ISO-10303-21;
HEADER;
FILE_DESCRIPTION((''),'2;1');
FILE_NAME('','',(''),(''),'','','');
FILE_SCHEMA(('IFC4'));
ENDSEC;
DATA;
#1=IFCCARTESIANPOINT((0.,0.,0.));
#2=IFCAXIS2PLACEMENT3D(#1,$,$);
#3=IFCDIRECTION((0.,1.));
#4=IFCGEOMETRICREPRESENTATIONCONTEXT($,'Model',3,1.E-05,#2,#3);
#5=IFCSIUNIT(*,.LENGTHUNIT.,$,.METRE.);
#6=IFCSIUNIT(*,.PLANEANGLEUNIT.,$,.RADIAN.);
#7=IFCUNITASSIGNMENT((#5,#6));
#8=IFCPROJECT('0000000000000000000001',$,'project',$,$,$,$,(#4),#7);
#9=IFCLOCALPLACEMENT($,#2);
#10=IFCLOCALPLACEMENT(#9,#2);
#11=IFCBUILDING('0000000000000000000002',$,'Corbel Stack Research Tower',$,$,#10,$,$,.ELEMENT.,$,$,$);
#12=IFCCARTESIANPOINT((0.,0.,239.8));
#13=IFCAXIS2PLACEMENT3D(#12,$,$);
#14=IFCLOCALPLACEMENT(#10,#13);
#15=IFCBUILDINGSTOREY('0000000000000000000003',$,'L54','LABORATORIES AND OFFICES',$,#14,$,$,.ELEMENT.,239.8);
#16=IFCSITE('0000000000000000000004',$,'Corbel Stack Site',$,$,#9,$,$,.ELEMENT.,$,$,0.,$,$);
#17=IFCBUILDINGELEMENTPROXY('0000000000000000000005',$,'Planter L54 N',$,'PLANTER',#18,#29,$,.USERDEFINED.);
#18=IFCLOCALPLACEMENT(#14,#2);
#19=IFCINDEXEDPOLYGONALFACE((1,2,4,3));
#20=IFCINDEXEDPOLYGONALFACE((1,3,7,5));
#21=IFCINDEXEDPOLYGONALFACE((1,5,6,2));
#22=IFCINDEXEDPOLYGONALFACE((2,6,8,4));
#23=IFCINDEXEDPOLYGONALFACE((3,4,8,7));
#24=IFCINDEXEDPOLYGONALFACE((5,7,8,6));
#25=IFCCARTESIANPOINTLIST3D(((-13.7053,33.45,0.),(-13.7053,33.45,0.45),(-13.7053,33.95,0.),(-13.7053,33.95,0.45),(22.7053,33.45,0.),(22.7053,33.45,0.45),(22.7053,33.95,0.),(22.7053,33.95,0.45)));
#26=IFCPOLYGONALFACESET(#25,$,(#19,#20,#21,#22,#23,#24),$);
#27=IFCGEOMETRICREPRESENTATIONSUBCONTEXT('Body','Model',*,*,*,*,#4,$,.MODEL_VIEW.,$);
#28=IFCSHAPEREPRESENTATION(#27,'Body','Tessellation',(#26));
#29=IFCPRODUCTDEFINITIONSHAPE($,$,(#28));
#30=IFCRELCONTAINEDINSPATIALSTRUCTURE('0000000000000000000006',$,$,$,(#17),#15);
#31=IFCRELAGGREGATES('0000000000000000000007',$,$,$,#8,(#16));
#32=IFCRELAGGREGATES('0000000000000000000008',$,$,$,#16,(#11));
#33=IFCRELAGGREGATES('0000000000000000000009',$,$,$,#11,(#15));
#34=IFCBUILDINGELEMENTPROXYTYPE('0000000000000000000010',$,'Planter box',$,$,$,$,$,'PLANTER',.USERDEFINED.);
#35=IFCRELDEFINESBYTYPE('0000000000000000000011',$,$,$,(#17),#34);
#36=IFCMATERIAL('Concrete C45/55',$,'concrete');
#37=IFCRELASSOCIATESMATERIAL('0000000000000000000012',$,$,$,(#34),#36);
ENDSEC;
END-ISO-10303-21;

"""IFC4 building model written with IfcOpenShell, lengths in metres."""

from ifc_helpers import new_model, si_unit, direction, frame, origin, origin_2d, place, context, subcontext, project, spatial, rectangle, extrude, material, type_object, element, save


model = new_model("IFC4")

# Units and contexts
model_context = context("Model", 3, precision=1e-05, world=origin(), true_north=direction((0.0, 1.0)))
body_context = subcontext(model_context, "Body", "Model", "MODEL_VIEW")
ifc_project = project(units=[si_unit("LENGTHUNIT", "METRE"), si_unit("PLANEANGLEUNIT", "RADIAN")], contexts=[model_context])

# Site, building, storey
site_placement = place(None, origin())
site = spatial("IfcSite", under=ifc_project, at=site_placement, Name="Corbel Stack Site", CompositionType="ELEMENT", RefElevation=0.0)
building_placement = place(site_placement, origin())
building = spatial("IfcBuilding", under=site, at=building_placement, Name="Corbel Stack Research Tower", CompositionType="ELEMENT")
storey_placement = place(building_placement, frame((0.0, 0.0, 239.8)))
storey = spatial("IfcBuildingStorey", under=building, at=storey_placement, Name="L54", Description="LABORATORIES AND OFFICES", CompositionType="ELEMENT", Elevation=239.8)

# Building element proxy
ifc_material_1 = material(Name="Concrete C45/55", Category="concrete")
building_element_proxy_type = type_object("IfcBuildingElementProxyType", Name="Planter box", ElementType="PLANTER", PredefinedType="USERDEFINED", material=ifc_material_1)
proxy_placement = place(storey_placement, frame((4.5, 33.7, 0.0), z_axis=(0.0, 0.0, 1.0), x_axis=(-1.0, 0.0, 0.0)))
element("IfcBuildingElementProxy", 1, at=proxy_placement, inside=storey, type_object=building_element_proxy_type, Name="Planter L54 N", ObjectType="PLANTER", PredefinedType="USERDEFINED", context=body_context, shape_type="SweptSolid", body=[
    extrude(rectangle(XDim=36.4106, YDim=0.5, at=origin_2d()), origin(), (0.0, 0.0, 1.0), 0.45),
])

save(model, "model.ifc")
